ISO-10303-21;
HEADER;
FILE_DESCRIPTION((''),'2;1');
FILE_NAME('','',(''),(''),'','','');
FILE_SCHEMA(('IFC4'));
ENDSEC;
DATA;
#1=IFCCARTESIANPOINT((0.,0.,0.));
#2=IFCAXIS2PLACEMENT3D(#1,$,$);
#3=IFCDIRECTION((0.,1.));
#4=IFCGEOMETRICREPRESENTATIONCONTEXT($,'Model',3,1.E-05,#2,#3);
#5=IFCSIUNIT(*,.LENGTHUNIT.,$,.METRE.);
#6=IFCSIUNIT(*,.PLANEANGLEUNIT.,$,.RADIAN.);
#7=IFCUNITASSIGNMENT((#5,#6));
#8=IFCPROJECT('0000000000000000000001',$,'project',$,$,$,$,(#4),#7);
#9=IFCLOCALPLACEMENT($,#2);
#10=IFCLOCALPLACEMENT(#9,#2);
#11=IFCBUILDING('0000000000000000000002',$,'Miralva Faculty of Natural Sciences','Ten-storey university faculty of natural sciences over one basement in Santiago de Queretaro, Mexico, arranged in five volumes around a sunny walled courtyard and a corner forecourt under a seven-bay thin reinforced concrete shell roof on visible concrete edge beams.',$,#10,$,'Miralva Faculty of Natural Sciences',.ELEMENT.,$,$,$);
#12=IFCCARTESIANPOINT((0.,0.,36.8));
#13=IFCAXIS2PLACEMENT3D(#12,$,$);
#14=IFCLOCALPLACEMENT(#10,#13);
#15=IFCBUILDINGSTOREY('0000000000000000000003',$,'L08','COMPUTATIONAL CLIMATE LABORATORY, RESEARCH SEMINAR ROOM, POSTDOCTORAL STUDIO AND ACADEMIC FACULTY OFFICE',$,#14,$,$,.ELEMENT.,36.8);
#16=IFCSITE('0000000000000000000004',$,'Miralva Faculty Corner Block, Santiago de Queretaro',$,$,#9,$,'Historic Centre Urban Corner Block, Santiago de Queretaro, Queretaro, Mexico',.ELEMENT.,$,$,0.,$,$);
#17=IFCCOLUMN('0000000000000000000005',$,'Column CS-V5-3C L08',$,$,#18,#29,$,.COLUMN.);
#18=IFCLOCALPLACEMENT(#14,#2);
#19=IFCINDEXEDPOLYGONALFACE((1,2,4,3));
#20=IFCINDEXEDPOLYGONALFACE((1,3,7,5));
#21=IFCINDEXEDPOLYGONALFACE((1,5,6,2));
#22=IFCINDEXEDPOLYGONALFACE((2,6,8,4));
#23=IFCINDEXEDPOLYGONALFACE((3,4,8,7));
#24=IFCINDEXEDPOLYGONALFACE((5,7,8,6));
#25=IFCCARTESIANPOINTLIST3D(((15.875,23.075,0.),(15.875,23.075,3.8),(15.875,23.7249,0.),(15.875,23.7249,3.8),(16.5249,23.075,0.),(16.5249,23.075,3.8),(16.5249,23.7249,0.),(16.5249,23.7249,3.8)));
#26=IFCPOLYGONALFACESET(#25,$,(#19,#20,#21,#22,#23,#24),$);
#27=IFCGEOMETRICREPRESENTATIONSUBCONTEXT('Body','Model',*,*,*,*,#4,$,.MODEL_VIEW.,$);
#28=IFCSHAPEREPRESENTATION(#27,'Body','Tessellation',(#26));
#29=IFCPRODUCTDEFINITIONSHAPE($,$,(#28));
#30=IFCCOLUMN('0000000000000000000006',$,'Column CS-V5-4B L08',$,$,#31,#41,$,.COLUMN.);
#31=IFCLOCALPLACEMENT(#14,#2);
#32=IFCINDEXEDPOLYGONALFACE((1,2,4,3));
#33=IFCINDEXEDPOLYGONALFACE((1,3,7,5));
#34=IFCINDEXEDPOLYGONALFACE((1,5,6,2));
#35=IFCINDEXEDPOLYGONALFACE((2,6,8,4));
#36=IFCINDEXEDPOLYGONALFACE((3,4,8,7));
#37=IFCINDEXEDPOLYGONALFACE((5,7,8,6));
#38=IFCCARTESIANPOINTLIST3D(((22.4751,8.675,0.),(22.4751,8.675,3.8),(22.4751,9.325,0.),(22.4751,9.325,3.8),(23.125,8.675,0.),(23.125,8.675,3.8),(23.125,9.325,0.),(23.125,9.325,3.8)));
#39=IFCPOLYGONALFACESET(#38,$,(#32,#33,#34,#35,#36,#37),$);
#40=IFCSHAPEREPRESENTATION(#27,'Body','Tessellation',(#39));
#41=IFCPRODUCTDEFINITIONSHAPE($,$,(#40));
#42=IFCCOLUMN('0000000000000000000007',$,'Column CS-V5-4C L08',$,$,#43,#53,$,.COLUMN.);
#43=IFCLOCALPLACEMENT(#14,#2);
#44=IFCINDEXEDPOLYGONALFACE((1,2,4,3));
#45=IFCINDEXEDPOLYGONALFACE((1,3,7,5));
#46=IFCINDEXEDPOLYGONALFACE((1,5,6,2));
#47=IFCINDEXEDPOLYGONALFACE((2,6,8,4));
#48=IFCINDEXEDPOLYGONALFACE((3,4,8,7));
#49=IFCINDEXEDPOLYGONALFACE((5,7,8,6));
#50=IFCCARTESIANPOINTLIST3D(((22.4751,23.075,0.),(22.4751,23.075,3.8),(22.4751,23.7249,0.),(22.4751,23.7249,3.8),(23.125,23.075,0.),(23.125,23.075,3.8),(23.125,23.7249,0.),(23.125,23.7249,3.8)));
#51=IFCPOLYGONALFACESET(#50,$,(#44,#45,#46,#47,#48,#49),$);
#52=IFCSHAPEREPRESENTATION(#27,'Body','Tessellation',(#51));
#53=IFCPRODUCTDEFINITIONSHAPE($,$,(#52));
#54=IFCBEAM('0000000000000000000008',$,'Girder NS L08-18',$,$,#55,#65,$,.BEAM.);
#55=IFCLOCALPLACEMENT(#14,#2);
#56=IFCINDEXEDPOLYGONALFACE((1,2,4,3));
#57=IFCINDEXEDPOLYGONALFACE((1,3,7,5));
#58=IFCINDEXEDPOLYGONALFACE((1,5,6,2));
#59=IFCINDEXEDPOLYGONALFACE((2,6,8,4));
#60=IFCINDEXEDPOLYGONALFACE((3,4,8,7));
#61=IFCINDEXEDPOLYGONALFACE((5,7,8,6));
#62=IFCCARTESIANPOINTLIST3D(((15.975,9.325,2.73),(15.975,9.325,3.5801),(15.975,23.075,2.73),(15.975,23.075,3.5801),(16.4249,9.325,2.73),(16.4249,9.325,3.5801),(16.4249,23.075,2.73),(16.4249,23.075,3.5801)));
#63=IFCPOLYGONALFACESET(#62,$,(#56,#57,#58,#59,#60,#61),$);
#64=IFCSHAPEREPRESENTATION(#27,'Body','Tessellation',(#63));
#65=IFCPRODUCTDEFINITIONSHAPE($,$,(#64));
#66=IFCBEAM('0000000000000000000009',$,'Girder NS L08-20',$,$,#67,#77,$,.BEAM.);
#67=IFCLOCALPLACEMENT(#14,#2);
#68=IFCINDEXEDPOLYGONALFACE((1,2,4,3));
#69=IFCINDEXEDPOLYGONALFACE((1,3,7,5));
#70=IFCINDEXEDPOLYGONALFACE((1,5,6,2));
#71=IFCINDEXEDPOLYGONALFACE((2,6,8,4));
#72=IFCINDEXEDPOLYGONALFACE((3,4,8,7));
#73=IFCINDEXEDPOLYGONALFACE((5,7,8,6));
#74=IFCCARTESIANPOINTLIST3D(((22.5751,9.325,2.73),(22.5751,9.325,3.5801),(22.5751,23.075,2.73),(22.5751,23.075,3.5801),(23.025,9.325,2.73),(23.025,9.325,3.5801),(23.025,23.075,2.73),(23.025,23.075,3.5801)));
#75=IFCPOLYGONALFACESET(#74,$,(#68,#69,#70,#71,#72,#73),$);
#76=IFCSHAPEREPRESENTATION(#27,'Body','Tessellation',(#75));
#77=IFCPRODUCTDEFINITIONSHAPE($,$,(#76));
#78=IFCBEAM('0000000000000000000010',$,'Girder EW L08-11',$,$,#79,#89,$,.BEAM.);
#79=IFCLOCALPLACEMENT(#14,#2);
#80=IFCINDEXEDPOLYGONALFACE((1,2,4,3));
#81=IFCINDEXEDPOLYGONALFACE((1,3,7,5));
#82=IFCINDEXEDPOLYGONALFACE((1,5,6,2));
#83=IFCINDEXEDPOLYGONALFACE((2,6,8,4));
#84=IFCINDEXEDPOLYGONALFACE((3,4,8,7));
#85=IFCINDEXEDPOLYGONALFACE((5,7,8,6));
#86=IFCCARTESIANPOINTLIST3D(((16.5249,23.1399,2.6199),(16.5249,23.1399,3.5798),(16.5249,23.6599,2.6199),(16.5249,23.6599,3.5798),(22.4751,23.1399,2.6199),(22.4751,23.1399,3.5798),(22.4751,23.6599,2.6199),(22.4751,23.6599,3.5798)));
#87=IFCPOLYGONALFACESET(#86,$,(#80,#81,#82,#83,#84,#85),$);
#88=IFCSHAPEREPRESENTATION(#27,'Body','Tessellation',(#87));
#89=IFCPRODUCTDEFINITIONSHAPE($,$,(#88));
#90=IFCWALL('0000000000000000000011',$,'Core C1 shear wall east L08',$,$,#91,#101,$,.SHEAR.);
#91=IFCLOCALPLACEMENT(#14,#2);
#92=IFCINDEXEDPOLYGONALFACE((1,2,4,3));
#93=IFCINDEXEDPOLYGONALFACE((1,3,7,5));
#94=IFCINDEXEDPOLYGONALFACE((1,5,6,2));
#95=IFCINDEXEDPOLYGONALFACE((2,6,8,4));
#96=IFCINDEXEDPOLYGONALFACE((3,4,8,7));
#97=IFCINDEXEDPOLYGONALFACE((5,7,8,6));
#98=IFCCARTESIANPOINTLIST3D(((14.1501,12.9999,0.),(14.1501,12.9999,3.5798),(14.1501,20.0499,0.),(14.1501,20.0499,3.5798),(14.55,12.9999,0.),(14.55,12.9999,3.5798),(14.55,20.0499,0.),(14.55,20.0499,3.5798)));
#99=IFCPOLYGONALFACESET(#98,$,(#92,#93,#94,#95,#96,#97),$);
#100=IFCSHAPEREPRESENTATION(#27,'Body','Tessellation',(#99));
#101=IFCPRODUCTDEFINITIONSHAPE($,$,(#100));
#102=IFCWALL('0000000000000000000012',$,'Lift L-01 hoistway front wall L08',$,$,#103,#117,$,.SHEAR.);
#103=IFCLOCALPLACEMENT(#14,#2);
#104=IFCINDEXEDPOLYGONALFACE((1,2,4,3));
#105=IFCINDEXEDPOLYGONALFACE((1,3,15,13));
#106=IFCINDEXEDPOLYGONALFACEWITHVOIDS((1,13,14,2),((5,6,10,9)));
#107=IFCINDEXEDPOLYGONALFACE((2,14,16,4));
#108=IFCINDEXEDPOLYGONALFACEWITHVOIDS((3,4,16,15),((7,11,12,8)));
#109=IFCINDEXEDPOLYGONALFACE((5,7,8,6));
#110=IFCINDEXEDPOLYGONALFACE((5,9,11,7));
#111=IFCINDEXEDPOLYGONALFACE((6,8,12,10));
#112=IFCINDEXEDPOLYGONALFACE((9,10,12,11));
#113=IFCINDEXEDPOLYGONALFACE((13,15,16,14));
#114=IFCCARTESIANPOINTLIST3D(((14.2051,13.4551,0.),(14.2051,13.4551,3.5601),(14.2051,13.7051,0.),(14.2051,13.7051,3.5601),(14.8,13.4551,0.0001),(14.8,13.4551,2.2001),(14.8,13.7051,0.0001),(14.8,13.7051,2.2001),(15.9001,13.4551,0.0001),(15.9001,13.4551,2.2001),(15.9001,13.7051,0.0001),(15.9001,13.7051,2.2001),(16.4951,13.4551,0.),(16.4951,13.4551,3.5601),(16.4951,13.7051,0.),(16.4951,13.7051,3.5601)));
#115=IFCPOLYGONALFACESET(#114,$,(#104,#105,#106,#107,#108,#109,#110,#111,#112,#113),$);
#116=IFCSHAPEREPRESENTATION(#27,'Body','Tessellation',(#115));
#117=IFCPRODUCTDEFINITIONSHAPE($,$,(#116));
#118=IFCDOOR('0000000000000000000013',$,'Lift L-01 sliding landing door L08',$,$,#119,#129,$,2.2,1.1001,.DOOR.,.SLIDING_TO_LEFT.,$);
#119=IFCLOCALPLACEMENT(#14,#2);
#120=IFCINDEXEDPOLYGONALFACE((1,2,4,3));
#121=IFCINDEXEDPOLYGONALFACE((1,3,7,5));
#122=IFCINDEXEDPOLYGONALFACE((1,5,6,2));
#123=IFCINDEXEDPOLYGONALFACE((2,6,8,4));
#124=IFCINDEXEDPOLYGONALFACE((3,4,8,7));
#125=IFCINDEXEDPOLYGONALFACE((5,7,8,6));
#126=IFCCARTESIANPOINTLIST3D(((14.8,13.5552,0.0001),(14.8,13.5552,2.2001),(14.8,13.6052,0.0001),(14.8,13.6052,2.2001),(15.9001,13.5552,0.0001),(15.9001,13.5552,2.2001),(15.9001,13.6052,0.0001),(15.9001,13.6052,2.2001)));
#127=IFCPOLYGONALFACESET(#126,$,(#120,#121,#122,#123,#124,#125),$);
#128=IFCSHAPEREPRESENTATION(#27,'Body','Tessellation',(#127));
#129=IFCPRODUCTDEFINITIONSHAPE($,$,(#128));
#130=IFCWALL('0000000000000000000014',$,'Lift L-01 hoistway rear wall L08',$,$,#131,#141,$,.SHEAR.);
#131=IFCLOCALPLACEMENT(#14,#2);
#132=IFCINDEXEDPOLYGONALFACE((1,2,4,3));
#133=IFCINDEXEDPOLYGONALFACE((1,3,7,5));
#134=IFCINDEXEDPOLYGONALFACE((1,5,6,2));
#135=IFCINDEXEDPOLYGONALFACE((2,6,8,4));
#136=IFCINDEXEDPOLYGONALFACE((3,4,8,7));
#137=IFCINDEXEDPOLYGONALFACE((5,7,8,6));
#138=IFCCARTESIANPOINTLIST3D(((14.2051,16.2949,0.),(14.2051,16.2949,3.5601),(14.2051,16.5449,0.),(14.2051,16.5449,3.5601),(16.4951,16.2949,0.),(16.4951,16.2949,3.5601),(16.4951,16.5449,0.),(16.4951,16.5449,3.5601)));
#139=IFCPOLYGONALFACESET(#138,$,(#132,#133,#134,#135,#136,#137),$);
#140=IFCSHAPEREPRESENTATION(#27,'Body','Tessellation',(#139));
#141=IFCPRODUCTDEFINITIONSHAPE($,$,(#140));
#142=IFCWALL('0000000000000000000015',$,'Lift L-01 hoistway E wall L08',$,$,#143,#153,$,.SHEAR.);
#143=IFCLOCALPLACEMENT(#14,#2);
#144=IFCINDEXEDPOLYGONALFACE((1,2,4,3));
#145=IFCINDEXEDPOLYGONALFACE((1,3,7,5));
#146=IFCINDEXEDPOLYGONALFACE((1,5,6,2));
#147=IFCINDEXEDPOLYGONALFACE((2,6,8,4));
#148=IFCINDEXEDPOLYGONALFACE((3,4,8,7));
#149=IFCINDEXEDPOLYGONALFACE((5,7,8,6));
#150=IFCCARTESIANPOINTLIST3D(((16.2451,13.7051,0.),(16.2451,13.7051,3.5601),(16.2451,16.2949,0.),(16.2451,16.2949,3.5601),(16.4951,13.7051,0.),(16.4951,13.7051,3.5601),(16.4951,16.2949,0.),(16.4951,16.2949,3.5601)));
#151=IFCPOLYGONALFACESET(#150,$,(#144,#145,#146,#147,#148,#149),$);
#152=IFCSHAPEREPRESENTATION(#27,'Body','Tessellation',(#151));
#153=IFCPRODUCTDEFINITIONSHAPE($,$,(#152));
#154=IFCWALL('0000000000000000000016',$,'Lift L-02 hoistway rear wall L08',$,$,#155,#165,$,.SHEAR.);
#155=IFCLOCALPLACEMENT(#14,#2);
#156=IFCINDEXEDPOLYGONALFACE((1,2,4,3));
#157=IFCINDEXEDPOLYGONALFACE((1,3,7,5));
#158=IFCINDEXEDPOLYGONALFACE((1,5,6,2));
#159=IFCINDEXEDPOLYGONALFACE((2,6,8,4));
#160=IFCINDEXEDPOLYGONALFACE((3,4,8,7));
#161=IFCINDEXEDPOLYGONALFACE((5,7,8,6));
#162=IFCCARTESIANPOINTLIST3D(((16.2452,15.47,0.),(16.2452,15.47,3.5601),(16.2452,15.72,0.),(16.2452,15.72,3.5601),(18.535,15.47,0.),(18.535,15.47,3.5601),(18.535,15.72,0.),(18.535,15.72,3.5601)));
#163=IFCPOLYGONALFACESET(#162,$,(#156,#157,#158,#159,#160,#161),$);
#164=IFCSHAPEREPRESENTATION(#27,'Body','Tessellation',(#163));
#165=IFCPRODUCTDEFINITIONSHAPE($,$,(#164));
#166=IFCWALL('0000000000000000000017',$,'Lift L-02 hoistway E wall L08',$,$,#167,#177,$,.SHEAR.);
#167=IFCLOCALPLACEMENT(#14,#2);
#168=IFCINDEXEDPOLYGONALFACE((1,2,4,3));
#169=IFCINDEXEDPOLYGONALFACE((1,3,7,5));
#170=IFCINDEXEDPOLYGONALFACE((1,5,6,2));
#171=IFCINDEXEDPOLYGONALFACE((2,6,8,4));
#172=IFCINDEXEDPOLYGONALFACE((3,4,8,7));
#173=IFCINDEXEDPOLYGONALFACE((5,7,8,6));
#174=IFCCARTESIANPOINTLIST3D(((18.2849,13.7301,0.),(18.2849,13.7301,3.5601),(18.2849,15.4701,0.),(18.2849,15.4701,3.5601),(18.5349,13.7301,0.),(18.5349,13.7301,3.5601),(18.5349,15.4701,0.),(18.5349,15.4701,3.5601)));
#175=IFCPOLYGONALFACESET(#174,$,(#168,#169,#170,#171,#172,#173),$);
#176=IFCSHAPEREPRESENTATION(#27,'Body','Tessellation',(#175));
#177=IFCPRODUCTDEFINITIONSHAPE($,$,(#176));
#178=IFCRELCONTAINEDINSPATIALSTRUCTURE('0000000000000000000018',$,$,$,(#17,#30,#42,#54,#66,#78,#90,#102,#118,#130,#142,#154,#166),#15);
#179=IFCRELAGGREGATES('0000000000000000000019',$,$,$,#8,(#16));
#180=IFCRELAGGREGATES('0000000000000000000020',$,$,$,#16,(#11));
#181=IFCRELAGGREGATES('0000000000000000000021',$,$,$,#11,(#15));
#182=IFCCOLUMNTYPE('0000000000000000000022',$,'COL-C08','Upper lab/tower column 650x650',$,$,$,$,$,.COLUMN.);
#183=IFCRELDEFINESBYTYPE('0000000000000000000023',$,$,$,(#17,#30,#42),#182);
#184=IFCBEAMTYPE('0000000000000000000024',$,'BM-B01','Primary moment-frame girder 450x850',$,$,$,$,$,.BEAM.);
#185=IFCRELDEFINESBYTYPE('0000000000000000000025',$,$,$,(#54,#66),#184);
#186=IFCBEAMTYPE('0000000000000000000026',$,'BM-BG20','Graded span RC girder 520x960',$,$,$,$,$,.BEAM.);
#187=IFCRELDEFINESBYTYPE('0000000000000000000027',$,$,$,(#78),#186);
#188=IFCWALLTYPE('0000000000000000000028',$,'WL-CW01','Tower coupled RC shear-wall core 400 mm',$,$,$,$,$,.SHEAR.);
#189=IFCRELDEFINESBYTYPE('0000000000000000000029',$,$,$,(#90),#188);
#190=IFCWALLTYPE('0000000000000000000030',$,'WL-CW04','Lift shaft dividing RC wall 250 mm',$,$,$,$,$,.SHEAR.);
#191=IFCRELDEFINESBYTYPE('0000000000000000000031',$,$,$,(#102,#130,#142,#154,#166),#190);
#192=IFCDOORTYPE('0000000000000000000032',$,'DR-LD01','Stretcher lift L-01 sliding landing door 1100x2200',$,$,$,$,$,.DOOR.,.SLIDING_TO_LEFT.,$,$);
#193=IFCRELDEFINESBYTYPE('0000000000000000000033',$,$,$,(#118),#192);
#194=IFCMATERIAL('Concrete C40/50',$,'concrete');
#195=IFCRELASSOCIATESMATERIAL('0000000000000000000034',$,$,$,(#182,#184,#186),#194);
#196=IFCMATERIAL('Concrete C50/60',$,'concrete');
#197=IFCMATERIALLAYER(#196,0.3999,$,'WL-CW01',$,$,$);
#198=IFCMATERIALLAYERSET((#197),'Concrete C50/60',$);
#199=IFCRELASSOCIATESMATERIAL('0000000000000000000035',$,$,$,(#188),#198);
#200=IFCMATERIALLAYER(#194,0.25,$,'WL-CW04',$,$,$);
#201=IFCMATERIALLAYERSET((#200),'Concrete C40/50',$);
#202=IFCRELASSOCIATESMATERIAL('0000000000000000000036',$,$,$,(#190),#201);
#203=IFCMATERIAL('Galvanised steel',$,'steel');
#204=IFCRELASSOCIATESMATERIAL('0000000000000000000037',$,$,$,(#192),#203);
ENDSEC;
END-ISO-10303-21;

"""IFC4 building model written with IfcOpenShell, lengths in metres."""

from ifc_helpers import new_model, si_unit, direction, frame, frame_2d, origin, origin_2d, place, context, subcontext, project, spatial, rectangle, extrude, material, layer, layer_set, material_profile, profile_set, type_object, element, fill, save


model = new_model("IFC4")

# Units and contexts
model_context = context("Model", 3, precision=1e-05, world=origin(), true_north=direction((0.0, 1.0)))
body_context = subcontext(model_context, "Body", "Model", "MODEL_VIEW")
ifc_project = project(units=[si_unit("LENGTHUNIT", "METRE"), si_unit("PLANEANGLEUNIT", "RADIAN")], contexts=[model_context])

# Site, building, storey
site_placement = place(None, origin())
site = spatial("IfcSite", under=ifc_project, at=site_placement, Name="Miralva Faculty Corner Block, Santiago de Queretaro", LongName="Historic Centre Urban Corner Block, Santiago de Queretaro, Queretaro, Mexico", CompositionType="ELEMENT", RefElevation=0.0)
building_placement = place(site_placement, origin())
building = spatial("IfcBuilding", under=site, at=building_placement, Name="Miralva Faculty of Natural Sciences", Description="Ten-storey university faculty of natural sciences over one basement in Santiago de Queretaro, Mexico, arranged in five volumes around a sunny walled courtyard and a corner forecourt under a seven-bay thin reinforced concrete shell roof on visible concrete edge beams.", LongName="Miralva Faculty of Natural Sciences", CompositionType="ELEMENT")
storey_placement = place(building_placement, frame((0.0, 0.0, 36.8)))
storey = spatial("IfcBuildingStorey", under=building, at=storey_placement, Name="L08", Description="COMPUTATIONAL CLIMATE LABORATORY, RESEARCH SEMINAR ROOM, POSTDOCTORAL STUDIO AND ACADEMIC FACULTY OFFICE", CompositionType="ELEMENT", Elevation=36.8)

# Columns
ifc_material_1 = material(Name="Concrete C40/50", Category="concrete")
ifc_material_profile_1 = material_profile(ifc_material_1, rectangle(XDim=0.6499, YDim=0.6499, at=origin_2d()), Name="RC 650x650")
ifc_profile_set_1 = profile_set([ifc_material_profile_1], Name="Concrete C40/50")
column_type = type_object("IfcColumnType", Name="COL-C08", Description="Upper lab/tower column 650x650", PredefinedType="COLUMN", material=ifc_profile_set_1)
for number, where, z_axis, x_axis, name in (
    (1, (16.2, 23.3999, 0.0), (0.0, 0.0, 1.0), (1.0, 0.0, 0.0), "Column CS-V5-3C L08"),
    (2, (22.8, 9.0, 0.0), (0.0, 0.0, 1.0), (1.0, 0.0, 0.0), "Column CS-V5-4B L08"),
    (3, (22.8, 23.3999, 0.0), (0.0, 0.0, 1.0), (1.0, 0.0, 0.0), "Column CS-V5-4C L08"),
):
    element("IfcColumn", number, at=place(storey_placement, frame(where, z_axis=z_axis, x_axis=x_axis)), inside=storey, type_object=column_type, Name=name, PredefinedType="COLUMN", context=body_context, shape_type="SweptSolid", body=[
        extrude(rectangle(XDim=0.6499, YDim=0.6499, at=origin_2d()), origin(), (0.0, 0.0, 1.0), 3.8),
    ])

# Beams
ifc_material_profile_2 = material_profile(ifc_material_1, rectangle(XDim=0.45, YDim=0.8501, at=origin_2d()), Name="RC 450x850")
ifc_profile_set_2 = profile_set([ifc_material_profile_2], Name="Concrete C40/50")
beam_type_1 = type_object("IfcBeamType", Name="BM-B01", Description="Primary moment-frame girder 450x850", PredefinedType="BEAM", material=ifc_profile_set_2)
for number, where, z_axis, x_axis, name in (
    (4, (16.2, 9.325, 3.155), (0.0, 1.0, 0.0), (-1.0, 0.0, 0.0), "Girder NS L08-18"),
    (5, (22.8, 9.325, 3.155), (0.0, 1.0, 0.0), (-1.0, 0.0, 0.0), "Girder NS L08-20"),
):
    element("IfcBeam", number, at=place(storey_placement, frame(where, z_axis=z_axis, x_axis=x_axis)), inside=storey, type_object=beam_type_1, Name=name, PredefinedType="BEAM", context=body_context, shape_type="SweptSolid", body=[
        extrude(rectangle(XDim=0.45, YDim=0.8501, at=origin_2d()), origin(), (0.0, 0.0, 1.0), 13.75),
    ])
ifc_material_profile_3 = material_profile(ifc_material_1, rectangle(XDim=0.52, YDim=0.96, at=origin_2d()), Name="RC 520x960")
ifc_profile_set_3 = profile_set([ifc_material_profile_3], Name="Concrete C40/50")
beam_type_2 = type_object("IfcBeamType", Name="BM-BG20", Description="Graded span RC girder 520x960", PredefinedType="BEAM", material=ifc_profile_set_3)
beam_placement = place(storey_placement, frame((16.5249, 23.3999, 3.0999), z_axis=(1.0, 0.0, 0.0), x_axis=(0.0, 1.0, 0.0)))
element("IfcBeam", 6, at=beam_placement, inside=storey, type_object=beam_type_2, Name="Girder EW L08-11", PredefinedType="BEAM", context=body_context, shape_type="SweptSolid", body=[
    extrude(rectangle(XDim=0.52, YDim=0.96, at=origin_2d()), origin(), (0.0, 0.0, 1.0), 5.9502),
])

# Wall
ifc_material_2 = material(Name="Concrete C50/60", Category="concrete")
ifc_layer_1 = layer(ifc_material_2, 0.3999, Name="WL-CW01")
ifc_layer_set_1 = layer_set([ifc_layer_1], Name="Concrete C50/60")
wall_type_1 = type_object("IfcWallType", Name="WL-CW01", Description="Tower coupled RC shear-wall core 400 mm", PredefinedType="SHEAR", material=ifc_layer_set_1)
wall_1_placement = place(storey_placement, frame((14.3501, 13.0, 0.0), z_axis=(0.0, 0.0, 1.0), x_axis=(0.0, 1.0, 0.0)))
element("IfcWall", 7, at=wall_1_placement, inside=storey, type_object=wall_type_1, Name="Core C1 shear wall east L08", PredefinedType="SHEAR", context=body_context, shape_type="SweptSolid", body=[
    extrude(rectangle(XDim=7.05, YDim=0.3999, at=frame_2d((3.5249, 0.0))), origin(), (0.0, 0.0, 1.0), 3.5798),
])

# Wall, opening, door
ifc_layer_2 = layer(ifc_material_1, 0.25, Name="WL-CW04")
ifc_layer_set_2 = layer_set([ifc_layer_2], Name="Concrete C40/50")
wall_type_2 = type_object("IfcWallType", Name="WL-CW04", Description="Lift shaft dividing RC wall 250 mm", PredefinedType="SHEAR", material=ifc_layer_set_2)
wall_2_placement = place(storey_placement, frame((14.2051, 13.5801, 0.0), z_axis=(0.0, 0.0, 1.0), x_axis=(1.0, 0.0, 0.0)))
wall_2 = element("IfcWall", 8, at=wall_2_placement, inside=storey, type_object=wall_type_2, Name="Lift L-01 hoistway front wall L08", PredefinedType="SHEAR", context=body_context, shape_type="SweptSolid", body=[
    extrude(rectangle(XDim=2.29, YDim=0.25, at=frame_2d((1.145, 0.0))), origin(), (0.0, 0.0, 1.0), 3.5601),
])
opening_1_placement = place(wall_2_placement, frame((0.595, 0.0, 0.0)))
opening_1 = element("IfcOpeningElement", 9, at=opening_1_placement, cuts=wall_2, PredefinedType="OPENING", context=body_context, shape_type="SweptSolid", body=[
    extrude(rectangle(XDim=1.1001, YDim=2.2, at=frame_2d((0.55, 1.1001))), frame((0.0, 0.135, 0.0), z_axis=(0.0, -1.0, 0.0), x_axis=(1.0, 0.0, 0.0)), (0.0, 0.0, 1.0), 0.27),
])
ifc_material_3 = material(Name="Galvanised steel", Category="steel")
door_type_1 = type_object("IfcDoorType", Name="DR-LD01", Description="Stretcher lift L-01 sliding landing door 1100x2200", OperationType="SLIDING_TO_LEFT", PredefinedType="DOOR", material=ifc_material_3)
door_1_placement = place(opening_1_placement, frame((1.1001, 0.0, 0.0), z_axis=(0.0, 0.0, 1.0), x_axis=(-1.0, 0.0, 0.0)))
door_1 = element("IfcDoor", 10, at=door_1_placement, inside=storey, type_object=door_type_1, Name="Lift L-01 sliding landing door L08", OperationType="SLIDING_TO_LEFT", OverallHeight=2.2, OverallWidth=1.1001, PredefinedType="DOOR", context=body_context, shape_type="SweptSolid", body=[
    extrude(rectangle(XDim=1.1001, YDim=2.2, at=frame_2d((0.55, 1.1001))), frame((0.0, 0.0249, 0.0), z_axis=(0.0, -1.0, 0.0), x_axis=(1.0, 0.0, 0.0)), (0.0, 0.0, 1.0), 0.05),
])
fill(opening_1, door_1)

# Walls
wall_3_placement = place(storey_placement, frame((14.2051, 16.4199, 0.0), z_axis=(0.0, 0.0, 1.0), x_axis=(1.0, 0.0, 0.0)))
element("IfcWall", 11, at=wall_3_placement, inside=storey, type_object=wall_type_2, Name="Lift L-01 hoistway rear wall L08", PredefinedType="SHEAR", context=body_context, shape_type="SweptSolid", body=[
    extrude(rectangle(XDim=2.29, YDim=0.25, at=frame_2d((1.145, 0.0))), origin(), (0.0, 0.0, 1.0), 3.5601),
])
wall_4_placement = place(storey_placement, frame((16.3701, 13.7051, 0.0), z_axis=(0.0, 0.0, 1.0), x_axis=(0.0, 1.0, 0.0)))
element("IfcWall", 12, at=wall_4_placement, inside=storey, type_object=wall_type_2, Name="Lift L-01 hoistway E wall L08", PredefinedType="SHEAR", context=body_context, shape_type="SweptSolid", body=[
    extrude(rectangle(XDim=2.5898, YDim=0.25, at=frame_2d((1.2949, 0.0))), origin(), (0.0, 0.0, 1.0), 3.5601),
])

# Walls
wall_5_placement = place(storey_placement, frame((16.2451, 15.595, 0.0), z_axis=(0.0, 0.0, 1.0), x_axis=(1.0, 0.0, 0.0)))
element("IfcWall", 13, at=wall_5_placement, inside=storey, type_object=wall_type_2, Name="Lift L-02 hoistway rear wall L08", PredefinedType="SHEAR", context=body_context, shape_type="SweptSolid", body=[
    extrude(rectangle(XDim=2.2898, YDim=0.25, at=frame_2d((1.145, 0.0))), origin(), (0.0, 0.0, 1.0), 3.5601),
])
wall_6_placement = place(storey_placement, frame((18.4099, 13.73, 0.0), z_axis=(0.0, 0.0, 1.0), x_axis=(0.0, 1.0, 0.0)))
element("IfcWall", 14, at=wall_6_placement, inside=storey, type_object=wall_type_2, Name="Lift L-02 hoistway E wall L08", PredefinedType="SHEAR", context=body_context, shape_type="SweptSolid", body=[
    extrude(rectangle(XDim=1.74, YDim=0.25, at=frame_2d((0.8701, 0.0))), origin(), (0.0, 0.0, 1.0), 3.5601),
])

save(model, "model.ifc")
